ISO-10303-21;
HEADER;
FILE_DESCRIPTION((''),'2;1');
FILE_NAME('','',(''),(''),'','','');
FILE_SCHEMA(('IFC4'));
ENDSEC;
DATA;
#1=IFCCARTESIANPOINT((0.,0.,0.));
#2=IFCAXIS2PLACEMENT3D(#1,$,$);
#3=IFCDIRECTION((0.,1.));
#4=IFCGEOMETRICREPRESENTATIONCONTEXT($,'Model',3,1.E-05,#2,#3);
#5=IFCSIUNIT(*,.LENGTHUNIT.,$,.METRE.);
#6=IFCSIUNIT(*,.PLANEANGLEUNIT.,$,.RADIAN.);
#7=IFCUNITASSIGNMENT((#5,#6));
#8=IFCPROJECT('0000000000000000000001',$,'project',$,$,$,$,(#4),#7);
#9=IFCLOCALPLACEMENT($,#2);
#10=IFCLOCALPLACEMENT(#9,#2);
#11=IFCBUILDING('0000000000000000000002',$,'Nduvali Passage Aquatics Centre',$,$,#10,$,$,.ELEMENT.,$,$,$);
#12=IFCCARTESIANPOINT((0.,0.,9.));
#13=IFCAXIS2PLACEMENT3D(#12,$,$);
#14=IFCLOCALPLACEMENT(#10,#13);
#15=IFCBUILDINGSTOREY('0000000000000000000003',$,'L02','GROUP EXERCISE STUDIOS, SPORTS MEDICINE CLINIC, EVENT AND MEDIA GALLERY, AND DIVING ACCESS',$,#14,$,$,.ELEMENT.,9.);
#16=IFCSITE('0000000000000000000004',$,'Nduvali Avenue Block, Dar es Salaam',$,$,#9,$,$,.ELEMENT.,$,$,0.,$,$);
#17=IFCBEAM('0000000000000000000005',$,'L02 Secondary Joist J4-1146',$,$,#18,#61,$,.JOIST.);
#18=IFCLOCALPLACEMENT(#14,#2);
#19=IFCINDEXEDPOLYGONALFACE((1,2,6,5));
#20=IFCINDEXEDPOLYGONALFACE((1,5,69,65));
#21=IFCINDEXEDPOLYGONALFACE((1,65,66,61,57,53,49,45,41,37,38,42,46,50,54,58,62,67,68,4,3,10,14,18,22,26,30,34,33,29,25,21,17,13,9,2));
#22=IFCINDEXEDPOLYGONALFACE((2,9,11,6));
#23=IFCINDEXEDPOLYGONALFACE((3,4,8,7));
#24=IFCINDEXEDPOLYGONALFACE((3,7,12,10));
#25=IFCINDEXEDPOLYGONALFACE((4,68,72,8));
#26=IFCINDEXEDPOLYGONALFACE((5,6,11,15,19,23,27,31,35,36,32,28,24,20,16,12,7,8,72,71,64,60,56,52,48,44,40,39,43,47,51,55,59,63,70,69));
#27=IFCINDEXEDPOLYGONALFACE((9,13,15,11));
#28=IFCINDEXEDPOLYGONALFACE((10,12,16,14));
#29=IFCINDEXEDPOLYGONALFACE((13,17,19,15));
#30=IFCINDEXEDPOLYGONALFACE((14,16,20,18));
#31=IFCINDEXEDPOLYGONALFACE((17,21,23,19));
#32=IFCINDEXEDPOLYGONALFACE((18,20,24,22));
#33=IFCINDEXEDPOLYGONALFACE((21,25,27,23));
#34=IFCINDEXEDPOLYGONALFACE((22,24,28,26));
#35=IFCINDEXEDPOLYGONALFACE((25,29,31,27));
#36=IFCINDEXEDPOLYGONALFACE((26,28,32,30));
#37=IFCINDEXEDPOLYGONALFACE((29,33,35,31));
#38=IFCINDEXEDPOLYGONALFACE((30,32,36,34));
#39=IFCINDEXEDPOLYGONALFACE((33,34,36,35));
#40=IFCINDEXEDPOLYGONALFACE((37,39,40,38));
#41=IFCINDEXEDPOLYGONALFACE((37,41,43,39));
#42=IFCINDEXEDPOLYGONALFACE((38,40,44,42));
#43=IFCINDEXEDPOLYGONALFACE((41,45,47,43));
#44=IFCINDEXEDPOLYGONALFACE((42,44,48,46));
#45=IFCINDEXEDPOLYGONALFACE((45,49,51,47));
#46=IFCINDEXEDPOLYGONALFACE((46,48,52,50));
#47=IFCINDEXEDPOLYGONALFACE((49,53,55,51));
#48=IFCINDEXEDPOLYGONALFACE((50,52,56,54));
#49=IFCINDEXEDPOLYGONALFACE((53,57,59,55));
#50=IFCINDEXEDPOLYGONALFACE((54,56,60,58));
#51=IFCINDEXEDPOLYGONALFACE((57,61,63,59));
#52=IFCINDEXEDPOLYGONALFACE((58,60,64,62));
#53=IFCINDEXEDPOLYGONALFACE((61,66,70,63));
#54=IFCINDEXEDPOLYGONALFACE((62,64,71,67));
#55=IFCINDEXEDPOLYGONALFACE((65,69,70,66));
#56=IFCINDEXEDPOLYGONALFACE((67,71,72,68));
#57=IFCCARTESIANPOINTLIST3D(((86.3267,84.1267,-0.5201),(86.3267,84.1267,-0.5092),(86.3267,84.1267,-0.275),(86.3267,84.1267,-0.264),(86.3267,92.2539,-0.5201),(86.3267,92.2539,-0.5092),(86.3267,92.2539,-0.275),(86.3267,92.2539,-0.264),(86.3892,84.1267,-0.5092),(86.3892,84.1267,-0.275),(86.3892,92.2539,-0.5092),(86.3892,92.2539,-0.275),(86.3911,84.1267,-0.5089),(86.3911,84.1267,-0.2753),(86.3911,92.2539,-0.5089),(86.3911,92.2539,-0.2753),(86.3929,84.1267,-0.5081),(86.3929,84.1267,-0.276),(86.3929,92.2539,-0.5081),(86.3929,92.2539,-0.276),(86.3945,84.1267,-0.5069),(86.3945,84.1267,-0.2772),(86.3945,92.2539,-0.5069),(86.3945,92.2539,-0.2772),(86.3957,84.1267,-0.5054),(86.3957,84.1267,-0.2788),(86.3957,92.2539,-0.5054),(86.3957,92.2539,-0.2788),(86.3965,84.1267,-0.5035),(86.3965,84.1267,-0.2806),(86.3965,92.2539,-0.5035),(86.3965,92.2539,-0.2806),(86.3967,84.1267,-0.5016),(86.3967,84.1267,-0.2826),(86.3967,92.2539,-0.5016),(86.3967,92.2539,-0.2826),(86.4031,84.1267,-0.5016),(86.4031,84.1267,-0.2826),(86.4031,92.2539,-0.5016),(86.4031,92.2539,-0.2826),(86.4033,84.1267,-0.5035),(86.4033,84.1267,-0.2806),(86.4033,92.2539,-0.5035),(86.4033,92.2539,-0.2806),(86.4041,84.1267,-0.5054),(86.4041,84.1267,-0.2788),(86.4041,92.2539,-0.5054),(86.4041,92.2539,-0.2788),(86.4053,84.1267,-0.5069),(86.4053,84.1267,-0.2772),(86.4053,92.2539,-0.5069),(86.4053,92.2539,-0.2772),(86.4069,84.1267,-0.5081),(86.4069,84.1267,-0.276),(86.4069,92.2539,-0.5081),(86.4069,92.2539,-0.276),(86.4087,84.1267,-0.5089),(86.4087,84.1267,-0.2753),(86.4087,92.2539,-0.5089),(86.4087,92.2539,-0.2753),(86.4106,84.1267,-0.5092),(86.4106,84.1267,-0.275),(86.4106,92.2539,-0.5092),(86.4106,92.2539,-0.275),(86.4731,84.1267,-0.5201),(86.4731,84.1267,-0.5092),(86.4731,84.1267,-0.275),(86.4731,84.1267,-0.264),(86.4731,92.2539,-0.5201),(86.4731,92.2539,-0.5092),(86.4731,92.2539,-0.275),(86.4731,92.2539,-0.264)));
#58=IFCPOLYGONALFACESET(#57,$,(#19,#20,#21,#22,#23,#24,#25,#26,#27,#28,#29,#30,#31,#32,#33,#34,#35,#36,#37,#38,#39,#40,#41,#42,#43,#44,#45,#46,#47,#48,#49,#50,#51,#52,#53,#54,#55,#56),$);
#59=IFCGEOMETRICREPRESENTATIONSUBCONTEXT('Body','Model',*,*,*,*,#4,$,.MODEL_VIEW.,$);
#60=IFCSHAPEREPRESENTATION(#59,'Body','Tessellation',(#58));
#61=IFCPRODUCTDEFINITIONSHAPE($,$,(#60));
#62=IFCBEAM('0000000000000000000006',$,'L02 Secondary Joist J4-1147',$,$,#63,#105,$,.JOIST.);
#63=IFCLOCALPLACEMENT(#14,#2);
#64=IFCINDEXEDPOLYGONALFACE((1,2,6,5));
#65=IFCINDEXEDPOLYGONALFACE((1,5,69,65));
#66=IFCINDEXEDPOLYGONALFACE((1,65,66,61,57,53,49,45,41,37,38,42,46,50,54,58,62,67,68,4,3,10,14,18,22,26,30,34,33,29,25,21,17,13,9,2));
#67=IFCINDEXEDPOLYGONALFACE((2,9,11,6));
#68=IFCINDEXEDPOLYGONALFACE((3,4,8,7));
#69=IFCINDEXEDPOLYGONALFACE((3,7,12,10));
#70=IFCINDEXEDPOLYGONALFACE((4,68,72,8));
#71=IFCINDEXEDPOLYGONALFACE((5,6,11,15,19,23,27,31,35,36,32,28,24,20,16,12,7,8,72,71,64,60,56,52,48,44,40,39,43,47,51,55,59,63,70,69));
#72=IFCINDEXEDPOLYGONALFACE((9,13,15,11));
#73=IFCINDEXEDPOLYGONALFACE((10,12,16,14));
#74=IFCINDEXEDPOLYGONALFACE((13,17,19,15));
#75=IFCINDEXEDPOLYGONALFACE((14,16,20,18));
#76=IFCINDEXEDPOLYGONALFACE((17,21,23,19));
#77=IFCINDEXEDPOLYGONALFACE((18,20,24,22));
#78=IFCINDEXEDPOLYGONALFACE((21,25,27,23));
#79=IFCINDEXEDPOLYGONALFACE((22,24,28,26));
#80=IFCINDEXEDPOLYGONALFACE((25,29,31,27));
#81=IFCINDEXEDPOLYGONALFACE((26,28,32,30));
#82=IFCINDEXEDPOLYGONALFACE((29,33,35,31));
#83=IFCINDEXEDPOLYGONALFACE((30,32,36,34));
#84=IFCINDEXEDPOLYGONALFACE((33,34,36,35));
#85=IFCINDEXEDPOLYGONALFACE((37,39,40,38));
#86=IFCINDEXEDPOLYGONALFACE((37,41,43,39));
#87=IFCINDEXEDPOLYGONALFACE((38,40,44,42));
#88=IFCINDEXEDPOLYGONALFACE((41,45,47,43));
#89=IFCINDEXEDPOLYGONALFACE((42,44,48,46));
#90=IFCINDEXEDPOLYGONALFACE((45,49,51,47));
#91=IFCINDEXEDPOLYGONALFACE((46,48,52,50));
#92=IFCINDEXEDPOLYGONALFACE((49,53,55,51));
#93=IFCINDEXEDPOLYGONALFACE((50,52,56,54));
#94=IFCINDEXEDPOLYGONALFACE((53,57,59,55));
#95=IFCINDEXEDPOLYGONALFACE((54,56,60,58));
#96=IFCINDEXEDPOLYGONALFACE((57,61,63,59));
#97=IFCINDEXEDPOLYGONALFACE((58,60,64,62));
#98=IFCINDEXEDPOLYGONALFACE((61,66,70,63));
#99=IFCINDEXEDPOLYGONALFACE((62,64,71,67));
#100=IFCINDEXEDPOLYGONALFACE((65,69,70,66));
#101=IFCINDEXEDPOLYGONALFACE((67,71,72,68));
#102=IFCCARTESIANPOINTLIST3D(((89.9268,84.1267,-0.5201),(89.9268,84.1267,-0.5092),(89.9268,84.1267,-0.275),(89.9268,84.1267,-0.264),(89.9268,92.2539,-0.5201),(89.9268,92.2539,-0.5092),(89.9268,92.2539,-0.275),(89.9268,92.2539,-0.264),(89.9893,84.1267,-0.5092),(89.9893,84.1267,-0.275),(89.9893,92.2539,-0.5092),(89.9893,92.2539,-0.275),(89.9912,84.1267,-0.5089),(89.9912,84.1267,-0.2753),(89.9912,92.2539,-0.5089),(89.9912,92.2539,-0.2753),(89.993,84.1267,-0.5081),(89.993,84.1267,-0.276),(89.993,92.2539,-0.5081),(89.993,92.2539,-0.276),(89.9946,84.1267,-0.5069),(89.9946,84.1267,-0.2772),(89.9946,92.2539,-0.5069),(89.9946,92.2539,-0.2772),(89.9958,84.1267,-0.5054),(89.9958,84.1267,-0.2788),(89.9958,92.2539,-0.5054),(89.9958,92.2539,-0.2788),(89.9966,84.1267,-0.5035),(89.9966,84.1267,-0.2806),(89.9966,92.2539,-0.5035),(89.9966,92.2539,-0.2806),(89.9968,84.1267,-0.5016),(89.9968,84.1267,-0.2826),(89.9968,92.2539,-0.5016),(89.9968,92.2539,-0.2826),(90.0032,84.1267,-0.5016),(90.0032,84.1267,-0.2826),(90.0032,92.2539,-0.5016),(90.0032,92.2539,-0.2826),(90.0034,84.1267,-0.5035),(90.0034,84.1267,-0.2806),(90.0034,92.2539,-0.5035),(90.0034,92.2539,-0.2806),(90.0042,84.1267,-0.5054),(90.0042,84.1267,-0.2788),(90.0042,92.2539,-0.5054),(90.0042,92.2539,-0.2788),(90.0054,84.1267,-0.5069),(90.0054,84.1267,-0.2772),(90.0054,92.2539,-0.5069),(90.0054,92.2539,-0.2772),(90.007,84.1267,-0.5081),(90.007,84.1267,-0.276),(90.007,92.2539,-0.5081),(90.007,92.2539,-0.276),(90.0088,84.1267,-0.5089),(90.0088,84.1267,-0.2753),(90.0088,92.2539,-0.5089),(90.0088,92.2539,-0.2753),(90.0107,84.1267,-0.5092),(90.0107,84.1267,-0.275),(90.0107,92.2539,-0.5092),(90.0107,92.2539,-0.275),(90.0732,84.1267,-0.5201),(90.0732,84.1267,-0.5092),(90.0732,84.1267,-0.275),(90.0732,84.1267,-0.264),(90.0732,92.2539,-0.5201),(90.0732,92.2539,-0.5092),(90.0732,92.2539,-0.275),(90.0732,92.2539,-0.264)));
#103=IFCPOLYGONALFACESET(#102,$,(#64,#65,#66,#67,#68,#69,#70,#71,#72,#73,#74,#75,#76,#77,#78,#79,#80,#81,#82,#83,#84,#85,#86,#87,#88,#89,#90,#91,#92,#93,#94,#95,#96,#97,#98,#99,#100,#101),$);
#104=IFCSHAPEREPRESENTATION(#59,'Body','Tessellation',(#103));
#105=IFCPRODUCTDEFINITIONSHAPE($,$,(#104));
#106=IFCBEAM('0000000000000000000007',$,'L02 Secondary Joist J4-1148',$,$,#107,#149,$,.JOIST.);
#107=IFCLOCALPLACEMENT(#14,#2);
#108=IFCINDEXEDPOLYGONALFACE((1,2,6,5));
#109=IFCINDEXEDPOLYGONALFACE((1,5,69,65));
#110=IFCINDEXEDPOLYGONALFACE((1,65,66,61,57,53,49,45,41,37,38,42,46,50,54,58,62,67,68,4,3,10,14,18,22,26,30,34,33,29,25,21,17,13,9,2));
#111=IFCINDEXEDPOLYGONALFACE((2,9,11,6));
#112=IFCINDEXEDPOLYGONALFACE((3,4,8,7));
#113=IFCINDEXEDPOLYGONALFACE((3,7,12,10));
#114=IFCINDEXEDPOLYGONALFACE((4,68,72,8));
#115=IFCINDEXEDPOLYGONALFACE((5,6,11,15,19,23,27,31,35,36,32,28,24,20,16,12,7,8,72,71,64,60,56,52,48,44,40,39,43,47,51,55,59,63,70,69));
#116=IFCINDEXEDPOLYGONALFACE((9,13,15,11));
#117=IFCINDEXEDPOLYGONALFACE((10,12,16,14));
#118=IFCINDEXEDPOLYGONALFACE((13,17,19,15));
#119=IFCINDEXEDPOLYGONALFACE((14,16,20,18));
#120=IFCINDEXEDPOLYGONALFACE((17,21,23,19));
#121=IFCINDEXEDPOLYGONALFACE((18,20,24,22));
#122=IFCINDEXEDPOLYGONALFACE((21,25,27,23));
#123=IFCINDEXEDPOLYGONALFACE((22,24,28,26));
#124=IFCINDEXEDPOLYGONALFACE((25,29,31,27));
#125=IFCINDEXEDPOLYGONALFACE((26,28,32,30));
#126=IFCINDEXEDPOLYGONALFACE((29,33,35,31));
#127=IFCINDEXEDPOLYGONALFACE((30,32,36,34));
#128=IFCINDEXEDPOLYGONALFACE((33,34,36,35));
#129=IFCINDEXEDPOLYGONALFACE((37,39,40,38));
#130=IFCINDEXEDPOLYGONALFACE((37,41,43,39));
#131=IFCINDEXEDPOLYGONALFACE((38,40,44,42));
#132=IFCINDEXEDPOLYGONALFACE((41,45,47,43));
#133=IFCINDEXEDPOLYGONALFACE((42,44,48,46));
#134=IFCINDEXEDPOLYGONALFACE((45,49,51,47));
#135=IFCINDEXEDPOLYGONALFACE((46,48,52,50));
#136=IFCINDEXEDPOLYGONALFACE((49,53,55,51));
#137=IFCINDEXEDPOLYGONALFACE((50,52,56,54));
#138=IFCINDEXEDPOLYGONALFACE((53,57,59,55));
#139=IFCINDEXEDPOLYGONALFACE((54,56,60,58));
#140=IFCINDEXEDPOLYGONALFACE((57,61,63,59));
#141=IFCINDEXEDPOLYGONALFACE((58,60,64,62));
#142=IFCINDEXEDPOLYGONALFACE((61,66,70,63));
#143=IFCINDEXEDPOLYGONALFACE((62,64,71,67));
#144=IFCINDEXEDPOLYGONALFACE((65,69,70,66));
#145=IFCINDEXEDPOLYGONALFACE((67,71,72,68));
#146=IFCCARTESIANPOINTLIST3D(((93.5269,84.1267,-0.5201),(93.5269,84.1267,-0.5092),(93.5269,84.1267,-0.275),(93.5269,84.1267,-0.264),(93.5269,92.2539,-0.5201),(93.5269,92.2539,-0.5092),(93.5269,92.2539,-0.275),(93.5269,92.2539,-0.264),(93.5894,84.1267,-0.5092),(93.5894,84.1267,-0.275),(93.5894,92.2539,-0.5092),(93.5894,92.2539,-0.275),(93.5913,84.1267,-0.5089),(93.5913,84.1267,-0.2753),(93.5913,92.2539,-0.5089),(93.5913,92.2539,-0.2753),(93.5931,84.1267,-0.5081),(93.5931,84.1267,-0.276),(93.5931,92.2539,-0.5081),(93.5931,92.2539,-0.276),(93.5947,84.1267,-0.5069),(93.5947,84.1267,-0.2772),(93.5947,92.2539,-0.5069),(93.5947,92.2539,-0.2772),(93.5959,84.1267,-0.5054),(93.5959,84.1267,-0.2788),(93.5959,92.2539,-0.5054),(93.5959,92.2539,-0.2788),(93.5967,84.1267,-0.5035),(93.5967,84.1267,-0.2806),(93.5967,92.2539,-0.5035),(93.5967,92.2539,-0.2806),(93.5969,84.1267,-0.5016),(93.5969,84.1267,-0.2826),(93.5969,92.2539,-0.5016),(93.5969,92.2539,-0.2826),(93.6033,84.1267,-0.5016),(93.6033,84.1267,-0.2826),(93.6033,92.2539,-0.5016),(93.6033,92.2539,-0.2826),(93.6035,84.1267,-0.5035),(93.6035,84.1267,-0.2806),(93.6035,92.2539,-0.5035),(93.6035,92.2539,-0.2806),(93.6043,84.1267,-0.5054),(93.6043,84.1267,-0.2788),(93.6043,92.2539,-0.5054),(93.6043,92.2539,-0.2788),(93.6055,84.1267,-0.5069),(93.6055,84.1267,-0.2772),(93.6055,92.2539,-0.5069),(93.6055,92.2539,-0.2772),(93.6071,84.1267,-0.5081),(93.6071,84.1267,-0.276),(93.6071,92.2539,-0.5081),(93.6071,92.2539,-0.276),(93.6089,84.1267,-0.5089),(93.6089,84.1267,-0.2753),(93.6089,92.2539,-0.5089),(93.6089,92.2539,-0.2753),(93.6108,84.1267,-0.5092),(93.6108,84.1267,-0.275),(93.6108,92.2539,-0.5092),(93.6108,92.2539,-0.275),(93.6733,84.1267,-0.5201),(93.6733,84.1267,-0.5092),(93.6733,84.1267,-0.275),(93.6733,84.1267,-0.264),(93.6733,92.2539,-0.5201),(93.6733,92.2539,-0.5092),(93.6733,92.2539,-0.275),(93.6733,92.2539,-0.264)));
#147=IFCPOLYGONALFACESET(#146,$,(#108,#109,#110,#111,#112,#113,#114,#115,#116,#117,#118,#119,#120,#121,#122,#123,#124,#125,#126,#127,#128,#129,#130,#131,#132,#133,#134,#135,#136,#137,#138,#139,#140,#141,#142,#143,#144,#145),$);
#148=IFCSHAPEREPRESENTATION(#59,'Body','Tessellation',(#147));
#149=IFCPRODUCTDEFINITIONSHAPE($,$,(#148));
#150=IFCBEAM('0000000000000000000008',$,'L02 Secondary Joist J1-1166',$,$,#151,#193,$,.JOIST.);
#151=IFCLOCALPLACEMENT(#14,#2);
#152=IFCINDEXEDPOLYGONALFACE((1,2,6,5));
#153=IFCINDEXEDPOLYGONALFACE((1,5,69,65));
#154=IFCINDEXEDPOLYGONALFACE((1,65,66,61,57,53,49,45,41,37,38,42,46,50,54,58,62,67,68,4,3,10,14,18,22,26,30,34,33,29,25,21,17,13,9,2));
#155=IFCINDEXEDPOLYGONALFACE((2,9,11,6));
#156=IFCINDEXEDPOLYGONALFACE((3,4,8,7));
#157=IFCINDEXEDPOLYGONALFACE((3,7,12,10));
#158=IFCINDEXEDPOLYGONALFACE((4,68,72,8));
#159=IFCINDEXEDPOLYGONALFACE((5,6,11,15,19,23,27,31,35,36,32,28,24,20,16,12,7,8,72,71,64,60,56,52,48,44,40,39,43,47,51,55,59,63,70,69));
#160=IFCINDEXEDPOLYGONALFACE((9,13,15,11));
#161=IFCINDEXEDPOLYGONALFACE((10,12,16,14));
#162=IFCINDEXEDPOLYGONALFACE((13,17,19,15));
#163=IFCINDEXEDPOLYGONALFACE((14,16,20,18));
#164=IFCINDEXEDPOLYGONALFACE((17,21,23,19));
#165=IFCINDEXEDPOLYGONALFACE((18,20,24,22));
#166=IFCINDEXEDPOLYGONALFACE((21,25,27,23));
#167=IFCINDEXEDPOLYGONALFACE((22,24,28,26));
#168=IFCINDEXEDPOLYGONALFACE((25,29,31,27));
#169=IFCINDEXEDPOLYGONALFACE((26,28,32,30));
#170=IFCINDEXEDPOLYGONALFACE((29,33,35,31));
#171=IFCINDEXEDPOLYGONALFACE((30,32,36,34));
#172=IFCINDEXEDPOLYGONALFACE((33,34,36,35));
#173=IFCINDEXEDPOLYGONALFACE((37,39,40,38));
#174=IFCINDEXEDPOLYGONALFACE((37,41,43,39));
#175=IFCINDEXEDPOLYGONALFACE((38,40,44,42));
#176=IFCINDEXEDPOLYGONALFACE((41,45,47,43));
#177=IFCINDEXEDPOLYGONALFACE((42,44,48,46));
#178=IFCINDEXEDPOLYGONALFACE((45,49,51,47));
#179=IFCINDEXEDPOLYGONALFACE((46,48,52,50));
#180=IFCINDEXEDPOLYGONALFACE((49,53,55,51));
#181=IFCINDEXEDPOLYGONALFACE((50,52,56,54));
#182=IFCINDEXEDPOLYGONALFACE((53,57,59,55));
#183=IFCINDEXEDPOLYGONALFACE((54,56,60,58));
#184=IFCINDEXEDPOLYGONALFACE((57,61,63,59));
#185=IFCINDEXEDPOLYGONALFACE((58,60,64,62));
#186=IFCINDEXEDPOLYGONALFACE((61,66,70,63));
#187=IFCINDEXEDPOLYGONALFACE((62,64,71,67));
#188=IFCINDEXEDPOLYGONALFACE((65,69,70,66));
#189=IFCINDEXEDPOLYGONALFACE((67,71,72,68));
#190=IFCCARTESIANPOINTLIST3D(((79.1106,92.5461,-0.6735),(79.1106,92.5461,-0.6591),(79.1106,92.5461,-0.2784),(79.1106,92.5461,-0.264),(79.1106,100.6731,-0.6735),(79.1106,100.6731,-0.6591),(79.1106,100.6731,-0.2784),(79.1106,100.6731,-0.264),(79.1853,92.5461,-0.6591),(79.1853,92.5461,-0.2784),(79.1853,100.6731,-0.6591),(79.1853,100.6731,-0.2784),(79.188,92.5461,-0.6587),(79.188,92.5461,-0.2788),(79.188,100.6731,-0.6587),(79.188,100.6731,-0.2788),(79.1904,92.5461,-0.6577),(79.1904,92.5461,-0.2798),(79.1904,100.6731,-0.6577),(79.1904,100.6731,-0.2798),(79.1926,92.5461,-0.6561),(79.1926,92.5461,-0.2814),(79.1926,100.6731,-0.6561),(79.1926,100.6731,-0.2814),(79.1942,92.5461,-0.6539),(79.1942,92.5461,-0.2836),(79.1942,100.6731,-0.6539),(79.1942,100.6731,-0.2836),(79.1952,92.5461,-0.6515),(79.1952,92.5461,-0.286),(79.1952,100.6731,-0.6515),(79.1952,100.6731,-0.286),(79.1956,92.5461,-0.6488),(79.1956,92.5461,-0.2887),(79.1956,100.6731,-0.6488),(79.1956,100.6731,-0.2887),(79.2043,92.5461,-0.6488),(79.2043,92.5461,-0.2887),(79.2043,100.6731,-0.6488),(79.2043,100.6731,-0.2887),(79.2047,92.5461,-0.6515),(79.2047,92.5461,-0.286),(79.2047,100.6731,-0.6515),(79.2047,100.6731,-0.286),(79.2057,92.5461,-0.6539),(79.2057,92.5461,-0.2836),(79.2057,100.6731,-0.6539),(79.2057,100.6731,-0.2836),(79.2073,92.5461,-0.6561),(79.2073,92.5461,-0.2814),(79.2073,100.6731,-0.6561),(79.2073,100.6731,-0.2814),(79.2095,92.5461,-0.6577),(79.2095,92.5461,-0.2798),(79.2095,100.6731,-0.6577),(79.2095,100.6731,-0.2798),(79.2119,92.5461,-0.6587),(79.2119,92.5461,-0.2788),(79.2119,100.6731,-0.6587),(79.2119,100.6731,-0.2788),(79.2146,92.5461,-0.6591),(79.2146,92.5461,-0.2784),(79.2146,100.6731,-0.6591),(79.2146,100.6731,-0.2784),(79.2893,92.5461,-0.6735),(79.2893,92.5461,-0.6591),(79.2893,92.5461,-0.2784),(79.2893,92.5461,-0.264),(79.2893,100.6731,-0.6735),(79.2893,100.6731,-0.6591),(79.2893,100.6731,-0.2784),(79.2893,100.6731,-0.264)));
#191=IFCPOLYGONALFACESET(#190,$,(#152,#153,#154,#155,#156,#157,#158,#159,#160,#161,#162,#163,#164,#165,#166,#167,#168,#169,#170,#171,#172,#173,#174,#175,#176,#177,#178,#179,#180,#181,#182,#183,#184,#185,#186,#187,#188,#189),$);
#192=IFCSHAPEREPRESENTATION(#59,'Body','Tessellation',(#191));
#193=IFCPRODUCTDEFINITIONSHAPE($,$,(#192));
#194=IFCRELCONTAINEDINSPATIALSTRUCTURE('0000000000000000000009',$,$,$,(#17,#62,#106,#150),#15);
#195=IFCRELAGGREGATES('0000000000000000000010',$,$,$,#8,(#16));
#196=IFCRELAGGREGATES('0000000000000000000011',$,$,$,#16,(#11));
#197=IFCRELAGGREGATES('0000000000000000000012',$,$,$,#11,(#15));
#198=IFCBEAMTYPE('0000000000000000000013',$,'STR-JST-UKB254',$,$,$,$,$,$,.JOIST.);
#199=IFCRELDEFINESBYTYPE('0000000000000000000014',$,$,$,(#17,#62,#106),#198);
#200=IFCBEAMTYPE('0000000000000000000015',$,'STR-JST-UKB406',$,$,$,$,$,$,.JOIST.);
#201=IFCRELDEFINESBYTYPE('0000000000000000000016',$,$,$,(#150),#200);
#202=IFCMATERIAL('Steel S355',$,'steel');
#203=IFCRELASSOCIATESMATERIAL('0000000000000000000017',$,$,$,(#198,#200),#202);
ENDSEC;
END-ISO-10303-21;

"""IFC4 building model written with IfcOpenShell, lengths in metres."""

from ifc_helpers import new_model, si_unit, direction, frame, origin, origin_2d, place, context, subcontext, project, spatial, i_section, extrude, material, material_profile, profile_set, type_object, element, save


model = new_model("IFC4")

# Units and contexts
model_context = context("Model", 3, precision=1e-05, world=origin(), true_north=direction((0.0, 1.0)))
body_context = subcontext(model_context, "Body", "Model", "MODEL_VIEW")
ifc_project = project(units=[si_unit("LENGTHUNIT", "METRE"), si_unit("PLANEANGLEUNIT", "RADIAN")], contexts=[model_context])

# Site, building, storey
site_placement = place(None, origin())
site = spatial("IfcSite", under=ifc_project, at=site_placement, Name="Nduvali Avenue Block, Dar es Salaam", CompositionType="ELEMENT", RefElevation=0.0)
building_placement = place(site_placement, origin())
building = spatial("IfcBuilding", under=site, at=building_placement, Name="Nduvali Passage Aquatics Centre", CompositionType="ELEMENT")
storey_placement = place(building_placement, frame((0.0, 0.0, 9.0)))
storey = spatial("IfcBuildingStorey", under=building, at=storey_placement, Name="L02", Description="GROUP EXERCISE STUDIOS, SPORTS MEDICINE CLINIC, EVENT AND MEDIA GALLERY, AND DIVING ACCESS", CompositionType="ELEMENT", Elevation=9.0)

# Beams
ifc_material_1 = material(Name="Steel S355", Category="steel")
ifc_material_profile_1 = material_profile(ifc_material_1, i_section(OverallWidth=0.1465, OverallDepth=0.2561, WebThickness=0.0063, FlangeThickness=0.011, FilletRadius=0.0076, at=origin_2d()), Name="UKB 254x146x37")
ifc_profile_set_1 = profile_set([ifc_material_profile_1], Name="Steel S355")
beam_type_1 = type_object("IfcBeamType", Name="STR-JST-UKB254", PredefinedType="JOIST", material=ifc_profile_set_1)
for number, where, z_axis, x_axis, name in (
    (1, (86.3999, 84.1267, -0.3921), (0.0, 1.0, 0.0), (-1.0, 0.0, 0.0), "L02 Secondary Joist J4-1146"),
    (2, (90.0, 84.1267, -0.3921), (0.0, 1.0, 0.0), (-1.0, 0.0, 0.0), "L02 Secondary Joist J4-1147"),
    (3, (93.6001, 84.1267, -0.3921), (0.0, 1.0, 0.0), (-1.0, 0.0, 0.0), "L02 Secondary Joist J4-1148"),
):
    element("IfcBeam", number, at=place(storey_placement, frame(where, z_axis=z_axis, x_axis=x_axis)), inside=storey, type_object=beam_type_1, Name=name, PredefinedType="JOIST", context=body_context, shape_type="SweptSolid", body=[
        extrude(i_section(OverallWidth=0.1465, OverallDepth=0.2561, WebThickness=0.0063, FlangeThickness=0.011, FilletRadius=0.0076, at=origin_2d()), origin(), (0.0, 0.0, 1.0), 8.1272),
    ])
ifc_material_profile_2 = material_profile(ifc_material_1, i_section(OverallWidth=0.1787, OverallDepth=0.4094, WebThickness=0.0088, FlangeThickness=0.0144, FilletRadius=0.0103, at=origin_2d()), Name="UKB 406x178x67")
ifc_profile_set_2 = profile_set([ifc_material_profile_2], Name="Steel S355")
beam_type_2 = type_object("IfcBeamType", Name="STR-JST-UKB406", PredefinedType="JOIST", material=ifc_profile_set_2)
beam_1_placement = place(storey_placement, frame((79.2, 92.5461, -0.4688), z_axis=(0.0, 1.0, 0.0), x_axis=(-1.0, 0.0, 0.0)))
element("IfcBeam", 4, at=beam_1_placement, inside=storey, type_object=beam_type_2, Name="L02 Secondary Joist J1-1166", PredefinedType="JOIST", context=body_context, shape_type="SweptSolid", body=[
    extrude(i_section(OverallWidth=0.1787, OverallDepth=0.4094, WebThickness=0.0088, FlangeThickness=0.0144, FilletRadius=0.0103, at=origin_2d()), origin(), (0.0, 0.0, 1.0), 8.127),
])

save(model, "model.ifc")
